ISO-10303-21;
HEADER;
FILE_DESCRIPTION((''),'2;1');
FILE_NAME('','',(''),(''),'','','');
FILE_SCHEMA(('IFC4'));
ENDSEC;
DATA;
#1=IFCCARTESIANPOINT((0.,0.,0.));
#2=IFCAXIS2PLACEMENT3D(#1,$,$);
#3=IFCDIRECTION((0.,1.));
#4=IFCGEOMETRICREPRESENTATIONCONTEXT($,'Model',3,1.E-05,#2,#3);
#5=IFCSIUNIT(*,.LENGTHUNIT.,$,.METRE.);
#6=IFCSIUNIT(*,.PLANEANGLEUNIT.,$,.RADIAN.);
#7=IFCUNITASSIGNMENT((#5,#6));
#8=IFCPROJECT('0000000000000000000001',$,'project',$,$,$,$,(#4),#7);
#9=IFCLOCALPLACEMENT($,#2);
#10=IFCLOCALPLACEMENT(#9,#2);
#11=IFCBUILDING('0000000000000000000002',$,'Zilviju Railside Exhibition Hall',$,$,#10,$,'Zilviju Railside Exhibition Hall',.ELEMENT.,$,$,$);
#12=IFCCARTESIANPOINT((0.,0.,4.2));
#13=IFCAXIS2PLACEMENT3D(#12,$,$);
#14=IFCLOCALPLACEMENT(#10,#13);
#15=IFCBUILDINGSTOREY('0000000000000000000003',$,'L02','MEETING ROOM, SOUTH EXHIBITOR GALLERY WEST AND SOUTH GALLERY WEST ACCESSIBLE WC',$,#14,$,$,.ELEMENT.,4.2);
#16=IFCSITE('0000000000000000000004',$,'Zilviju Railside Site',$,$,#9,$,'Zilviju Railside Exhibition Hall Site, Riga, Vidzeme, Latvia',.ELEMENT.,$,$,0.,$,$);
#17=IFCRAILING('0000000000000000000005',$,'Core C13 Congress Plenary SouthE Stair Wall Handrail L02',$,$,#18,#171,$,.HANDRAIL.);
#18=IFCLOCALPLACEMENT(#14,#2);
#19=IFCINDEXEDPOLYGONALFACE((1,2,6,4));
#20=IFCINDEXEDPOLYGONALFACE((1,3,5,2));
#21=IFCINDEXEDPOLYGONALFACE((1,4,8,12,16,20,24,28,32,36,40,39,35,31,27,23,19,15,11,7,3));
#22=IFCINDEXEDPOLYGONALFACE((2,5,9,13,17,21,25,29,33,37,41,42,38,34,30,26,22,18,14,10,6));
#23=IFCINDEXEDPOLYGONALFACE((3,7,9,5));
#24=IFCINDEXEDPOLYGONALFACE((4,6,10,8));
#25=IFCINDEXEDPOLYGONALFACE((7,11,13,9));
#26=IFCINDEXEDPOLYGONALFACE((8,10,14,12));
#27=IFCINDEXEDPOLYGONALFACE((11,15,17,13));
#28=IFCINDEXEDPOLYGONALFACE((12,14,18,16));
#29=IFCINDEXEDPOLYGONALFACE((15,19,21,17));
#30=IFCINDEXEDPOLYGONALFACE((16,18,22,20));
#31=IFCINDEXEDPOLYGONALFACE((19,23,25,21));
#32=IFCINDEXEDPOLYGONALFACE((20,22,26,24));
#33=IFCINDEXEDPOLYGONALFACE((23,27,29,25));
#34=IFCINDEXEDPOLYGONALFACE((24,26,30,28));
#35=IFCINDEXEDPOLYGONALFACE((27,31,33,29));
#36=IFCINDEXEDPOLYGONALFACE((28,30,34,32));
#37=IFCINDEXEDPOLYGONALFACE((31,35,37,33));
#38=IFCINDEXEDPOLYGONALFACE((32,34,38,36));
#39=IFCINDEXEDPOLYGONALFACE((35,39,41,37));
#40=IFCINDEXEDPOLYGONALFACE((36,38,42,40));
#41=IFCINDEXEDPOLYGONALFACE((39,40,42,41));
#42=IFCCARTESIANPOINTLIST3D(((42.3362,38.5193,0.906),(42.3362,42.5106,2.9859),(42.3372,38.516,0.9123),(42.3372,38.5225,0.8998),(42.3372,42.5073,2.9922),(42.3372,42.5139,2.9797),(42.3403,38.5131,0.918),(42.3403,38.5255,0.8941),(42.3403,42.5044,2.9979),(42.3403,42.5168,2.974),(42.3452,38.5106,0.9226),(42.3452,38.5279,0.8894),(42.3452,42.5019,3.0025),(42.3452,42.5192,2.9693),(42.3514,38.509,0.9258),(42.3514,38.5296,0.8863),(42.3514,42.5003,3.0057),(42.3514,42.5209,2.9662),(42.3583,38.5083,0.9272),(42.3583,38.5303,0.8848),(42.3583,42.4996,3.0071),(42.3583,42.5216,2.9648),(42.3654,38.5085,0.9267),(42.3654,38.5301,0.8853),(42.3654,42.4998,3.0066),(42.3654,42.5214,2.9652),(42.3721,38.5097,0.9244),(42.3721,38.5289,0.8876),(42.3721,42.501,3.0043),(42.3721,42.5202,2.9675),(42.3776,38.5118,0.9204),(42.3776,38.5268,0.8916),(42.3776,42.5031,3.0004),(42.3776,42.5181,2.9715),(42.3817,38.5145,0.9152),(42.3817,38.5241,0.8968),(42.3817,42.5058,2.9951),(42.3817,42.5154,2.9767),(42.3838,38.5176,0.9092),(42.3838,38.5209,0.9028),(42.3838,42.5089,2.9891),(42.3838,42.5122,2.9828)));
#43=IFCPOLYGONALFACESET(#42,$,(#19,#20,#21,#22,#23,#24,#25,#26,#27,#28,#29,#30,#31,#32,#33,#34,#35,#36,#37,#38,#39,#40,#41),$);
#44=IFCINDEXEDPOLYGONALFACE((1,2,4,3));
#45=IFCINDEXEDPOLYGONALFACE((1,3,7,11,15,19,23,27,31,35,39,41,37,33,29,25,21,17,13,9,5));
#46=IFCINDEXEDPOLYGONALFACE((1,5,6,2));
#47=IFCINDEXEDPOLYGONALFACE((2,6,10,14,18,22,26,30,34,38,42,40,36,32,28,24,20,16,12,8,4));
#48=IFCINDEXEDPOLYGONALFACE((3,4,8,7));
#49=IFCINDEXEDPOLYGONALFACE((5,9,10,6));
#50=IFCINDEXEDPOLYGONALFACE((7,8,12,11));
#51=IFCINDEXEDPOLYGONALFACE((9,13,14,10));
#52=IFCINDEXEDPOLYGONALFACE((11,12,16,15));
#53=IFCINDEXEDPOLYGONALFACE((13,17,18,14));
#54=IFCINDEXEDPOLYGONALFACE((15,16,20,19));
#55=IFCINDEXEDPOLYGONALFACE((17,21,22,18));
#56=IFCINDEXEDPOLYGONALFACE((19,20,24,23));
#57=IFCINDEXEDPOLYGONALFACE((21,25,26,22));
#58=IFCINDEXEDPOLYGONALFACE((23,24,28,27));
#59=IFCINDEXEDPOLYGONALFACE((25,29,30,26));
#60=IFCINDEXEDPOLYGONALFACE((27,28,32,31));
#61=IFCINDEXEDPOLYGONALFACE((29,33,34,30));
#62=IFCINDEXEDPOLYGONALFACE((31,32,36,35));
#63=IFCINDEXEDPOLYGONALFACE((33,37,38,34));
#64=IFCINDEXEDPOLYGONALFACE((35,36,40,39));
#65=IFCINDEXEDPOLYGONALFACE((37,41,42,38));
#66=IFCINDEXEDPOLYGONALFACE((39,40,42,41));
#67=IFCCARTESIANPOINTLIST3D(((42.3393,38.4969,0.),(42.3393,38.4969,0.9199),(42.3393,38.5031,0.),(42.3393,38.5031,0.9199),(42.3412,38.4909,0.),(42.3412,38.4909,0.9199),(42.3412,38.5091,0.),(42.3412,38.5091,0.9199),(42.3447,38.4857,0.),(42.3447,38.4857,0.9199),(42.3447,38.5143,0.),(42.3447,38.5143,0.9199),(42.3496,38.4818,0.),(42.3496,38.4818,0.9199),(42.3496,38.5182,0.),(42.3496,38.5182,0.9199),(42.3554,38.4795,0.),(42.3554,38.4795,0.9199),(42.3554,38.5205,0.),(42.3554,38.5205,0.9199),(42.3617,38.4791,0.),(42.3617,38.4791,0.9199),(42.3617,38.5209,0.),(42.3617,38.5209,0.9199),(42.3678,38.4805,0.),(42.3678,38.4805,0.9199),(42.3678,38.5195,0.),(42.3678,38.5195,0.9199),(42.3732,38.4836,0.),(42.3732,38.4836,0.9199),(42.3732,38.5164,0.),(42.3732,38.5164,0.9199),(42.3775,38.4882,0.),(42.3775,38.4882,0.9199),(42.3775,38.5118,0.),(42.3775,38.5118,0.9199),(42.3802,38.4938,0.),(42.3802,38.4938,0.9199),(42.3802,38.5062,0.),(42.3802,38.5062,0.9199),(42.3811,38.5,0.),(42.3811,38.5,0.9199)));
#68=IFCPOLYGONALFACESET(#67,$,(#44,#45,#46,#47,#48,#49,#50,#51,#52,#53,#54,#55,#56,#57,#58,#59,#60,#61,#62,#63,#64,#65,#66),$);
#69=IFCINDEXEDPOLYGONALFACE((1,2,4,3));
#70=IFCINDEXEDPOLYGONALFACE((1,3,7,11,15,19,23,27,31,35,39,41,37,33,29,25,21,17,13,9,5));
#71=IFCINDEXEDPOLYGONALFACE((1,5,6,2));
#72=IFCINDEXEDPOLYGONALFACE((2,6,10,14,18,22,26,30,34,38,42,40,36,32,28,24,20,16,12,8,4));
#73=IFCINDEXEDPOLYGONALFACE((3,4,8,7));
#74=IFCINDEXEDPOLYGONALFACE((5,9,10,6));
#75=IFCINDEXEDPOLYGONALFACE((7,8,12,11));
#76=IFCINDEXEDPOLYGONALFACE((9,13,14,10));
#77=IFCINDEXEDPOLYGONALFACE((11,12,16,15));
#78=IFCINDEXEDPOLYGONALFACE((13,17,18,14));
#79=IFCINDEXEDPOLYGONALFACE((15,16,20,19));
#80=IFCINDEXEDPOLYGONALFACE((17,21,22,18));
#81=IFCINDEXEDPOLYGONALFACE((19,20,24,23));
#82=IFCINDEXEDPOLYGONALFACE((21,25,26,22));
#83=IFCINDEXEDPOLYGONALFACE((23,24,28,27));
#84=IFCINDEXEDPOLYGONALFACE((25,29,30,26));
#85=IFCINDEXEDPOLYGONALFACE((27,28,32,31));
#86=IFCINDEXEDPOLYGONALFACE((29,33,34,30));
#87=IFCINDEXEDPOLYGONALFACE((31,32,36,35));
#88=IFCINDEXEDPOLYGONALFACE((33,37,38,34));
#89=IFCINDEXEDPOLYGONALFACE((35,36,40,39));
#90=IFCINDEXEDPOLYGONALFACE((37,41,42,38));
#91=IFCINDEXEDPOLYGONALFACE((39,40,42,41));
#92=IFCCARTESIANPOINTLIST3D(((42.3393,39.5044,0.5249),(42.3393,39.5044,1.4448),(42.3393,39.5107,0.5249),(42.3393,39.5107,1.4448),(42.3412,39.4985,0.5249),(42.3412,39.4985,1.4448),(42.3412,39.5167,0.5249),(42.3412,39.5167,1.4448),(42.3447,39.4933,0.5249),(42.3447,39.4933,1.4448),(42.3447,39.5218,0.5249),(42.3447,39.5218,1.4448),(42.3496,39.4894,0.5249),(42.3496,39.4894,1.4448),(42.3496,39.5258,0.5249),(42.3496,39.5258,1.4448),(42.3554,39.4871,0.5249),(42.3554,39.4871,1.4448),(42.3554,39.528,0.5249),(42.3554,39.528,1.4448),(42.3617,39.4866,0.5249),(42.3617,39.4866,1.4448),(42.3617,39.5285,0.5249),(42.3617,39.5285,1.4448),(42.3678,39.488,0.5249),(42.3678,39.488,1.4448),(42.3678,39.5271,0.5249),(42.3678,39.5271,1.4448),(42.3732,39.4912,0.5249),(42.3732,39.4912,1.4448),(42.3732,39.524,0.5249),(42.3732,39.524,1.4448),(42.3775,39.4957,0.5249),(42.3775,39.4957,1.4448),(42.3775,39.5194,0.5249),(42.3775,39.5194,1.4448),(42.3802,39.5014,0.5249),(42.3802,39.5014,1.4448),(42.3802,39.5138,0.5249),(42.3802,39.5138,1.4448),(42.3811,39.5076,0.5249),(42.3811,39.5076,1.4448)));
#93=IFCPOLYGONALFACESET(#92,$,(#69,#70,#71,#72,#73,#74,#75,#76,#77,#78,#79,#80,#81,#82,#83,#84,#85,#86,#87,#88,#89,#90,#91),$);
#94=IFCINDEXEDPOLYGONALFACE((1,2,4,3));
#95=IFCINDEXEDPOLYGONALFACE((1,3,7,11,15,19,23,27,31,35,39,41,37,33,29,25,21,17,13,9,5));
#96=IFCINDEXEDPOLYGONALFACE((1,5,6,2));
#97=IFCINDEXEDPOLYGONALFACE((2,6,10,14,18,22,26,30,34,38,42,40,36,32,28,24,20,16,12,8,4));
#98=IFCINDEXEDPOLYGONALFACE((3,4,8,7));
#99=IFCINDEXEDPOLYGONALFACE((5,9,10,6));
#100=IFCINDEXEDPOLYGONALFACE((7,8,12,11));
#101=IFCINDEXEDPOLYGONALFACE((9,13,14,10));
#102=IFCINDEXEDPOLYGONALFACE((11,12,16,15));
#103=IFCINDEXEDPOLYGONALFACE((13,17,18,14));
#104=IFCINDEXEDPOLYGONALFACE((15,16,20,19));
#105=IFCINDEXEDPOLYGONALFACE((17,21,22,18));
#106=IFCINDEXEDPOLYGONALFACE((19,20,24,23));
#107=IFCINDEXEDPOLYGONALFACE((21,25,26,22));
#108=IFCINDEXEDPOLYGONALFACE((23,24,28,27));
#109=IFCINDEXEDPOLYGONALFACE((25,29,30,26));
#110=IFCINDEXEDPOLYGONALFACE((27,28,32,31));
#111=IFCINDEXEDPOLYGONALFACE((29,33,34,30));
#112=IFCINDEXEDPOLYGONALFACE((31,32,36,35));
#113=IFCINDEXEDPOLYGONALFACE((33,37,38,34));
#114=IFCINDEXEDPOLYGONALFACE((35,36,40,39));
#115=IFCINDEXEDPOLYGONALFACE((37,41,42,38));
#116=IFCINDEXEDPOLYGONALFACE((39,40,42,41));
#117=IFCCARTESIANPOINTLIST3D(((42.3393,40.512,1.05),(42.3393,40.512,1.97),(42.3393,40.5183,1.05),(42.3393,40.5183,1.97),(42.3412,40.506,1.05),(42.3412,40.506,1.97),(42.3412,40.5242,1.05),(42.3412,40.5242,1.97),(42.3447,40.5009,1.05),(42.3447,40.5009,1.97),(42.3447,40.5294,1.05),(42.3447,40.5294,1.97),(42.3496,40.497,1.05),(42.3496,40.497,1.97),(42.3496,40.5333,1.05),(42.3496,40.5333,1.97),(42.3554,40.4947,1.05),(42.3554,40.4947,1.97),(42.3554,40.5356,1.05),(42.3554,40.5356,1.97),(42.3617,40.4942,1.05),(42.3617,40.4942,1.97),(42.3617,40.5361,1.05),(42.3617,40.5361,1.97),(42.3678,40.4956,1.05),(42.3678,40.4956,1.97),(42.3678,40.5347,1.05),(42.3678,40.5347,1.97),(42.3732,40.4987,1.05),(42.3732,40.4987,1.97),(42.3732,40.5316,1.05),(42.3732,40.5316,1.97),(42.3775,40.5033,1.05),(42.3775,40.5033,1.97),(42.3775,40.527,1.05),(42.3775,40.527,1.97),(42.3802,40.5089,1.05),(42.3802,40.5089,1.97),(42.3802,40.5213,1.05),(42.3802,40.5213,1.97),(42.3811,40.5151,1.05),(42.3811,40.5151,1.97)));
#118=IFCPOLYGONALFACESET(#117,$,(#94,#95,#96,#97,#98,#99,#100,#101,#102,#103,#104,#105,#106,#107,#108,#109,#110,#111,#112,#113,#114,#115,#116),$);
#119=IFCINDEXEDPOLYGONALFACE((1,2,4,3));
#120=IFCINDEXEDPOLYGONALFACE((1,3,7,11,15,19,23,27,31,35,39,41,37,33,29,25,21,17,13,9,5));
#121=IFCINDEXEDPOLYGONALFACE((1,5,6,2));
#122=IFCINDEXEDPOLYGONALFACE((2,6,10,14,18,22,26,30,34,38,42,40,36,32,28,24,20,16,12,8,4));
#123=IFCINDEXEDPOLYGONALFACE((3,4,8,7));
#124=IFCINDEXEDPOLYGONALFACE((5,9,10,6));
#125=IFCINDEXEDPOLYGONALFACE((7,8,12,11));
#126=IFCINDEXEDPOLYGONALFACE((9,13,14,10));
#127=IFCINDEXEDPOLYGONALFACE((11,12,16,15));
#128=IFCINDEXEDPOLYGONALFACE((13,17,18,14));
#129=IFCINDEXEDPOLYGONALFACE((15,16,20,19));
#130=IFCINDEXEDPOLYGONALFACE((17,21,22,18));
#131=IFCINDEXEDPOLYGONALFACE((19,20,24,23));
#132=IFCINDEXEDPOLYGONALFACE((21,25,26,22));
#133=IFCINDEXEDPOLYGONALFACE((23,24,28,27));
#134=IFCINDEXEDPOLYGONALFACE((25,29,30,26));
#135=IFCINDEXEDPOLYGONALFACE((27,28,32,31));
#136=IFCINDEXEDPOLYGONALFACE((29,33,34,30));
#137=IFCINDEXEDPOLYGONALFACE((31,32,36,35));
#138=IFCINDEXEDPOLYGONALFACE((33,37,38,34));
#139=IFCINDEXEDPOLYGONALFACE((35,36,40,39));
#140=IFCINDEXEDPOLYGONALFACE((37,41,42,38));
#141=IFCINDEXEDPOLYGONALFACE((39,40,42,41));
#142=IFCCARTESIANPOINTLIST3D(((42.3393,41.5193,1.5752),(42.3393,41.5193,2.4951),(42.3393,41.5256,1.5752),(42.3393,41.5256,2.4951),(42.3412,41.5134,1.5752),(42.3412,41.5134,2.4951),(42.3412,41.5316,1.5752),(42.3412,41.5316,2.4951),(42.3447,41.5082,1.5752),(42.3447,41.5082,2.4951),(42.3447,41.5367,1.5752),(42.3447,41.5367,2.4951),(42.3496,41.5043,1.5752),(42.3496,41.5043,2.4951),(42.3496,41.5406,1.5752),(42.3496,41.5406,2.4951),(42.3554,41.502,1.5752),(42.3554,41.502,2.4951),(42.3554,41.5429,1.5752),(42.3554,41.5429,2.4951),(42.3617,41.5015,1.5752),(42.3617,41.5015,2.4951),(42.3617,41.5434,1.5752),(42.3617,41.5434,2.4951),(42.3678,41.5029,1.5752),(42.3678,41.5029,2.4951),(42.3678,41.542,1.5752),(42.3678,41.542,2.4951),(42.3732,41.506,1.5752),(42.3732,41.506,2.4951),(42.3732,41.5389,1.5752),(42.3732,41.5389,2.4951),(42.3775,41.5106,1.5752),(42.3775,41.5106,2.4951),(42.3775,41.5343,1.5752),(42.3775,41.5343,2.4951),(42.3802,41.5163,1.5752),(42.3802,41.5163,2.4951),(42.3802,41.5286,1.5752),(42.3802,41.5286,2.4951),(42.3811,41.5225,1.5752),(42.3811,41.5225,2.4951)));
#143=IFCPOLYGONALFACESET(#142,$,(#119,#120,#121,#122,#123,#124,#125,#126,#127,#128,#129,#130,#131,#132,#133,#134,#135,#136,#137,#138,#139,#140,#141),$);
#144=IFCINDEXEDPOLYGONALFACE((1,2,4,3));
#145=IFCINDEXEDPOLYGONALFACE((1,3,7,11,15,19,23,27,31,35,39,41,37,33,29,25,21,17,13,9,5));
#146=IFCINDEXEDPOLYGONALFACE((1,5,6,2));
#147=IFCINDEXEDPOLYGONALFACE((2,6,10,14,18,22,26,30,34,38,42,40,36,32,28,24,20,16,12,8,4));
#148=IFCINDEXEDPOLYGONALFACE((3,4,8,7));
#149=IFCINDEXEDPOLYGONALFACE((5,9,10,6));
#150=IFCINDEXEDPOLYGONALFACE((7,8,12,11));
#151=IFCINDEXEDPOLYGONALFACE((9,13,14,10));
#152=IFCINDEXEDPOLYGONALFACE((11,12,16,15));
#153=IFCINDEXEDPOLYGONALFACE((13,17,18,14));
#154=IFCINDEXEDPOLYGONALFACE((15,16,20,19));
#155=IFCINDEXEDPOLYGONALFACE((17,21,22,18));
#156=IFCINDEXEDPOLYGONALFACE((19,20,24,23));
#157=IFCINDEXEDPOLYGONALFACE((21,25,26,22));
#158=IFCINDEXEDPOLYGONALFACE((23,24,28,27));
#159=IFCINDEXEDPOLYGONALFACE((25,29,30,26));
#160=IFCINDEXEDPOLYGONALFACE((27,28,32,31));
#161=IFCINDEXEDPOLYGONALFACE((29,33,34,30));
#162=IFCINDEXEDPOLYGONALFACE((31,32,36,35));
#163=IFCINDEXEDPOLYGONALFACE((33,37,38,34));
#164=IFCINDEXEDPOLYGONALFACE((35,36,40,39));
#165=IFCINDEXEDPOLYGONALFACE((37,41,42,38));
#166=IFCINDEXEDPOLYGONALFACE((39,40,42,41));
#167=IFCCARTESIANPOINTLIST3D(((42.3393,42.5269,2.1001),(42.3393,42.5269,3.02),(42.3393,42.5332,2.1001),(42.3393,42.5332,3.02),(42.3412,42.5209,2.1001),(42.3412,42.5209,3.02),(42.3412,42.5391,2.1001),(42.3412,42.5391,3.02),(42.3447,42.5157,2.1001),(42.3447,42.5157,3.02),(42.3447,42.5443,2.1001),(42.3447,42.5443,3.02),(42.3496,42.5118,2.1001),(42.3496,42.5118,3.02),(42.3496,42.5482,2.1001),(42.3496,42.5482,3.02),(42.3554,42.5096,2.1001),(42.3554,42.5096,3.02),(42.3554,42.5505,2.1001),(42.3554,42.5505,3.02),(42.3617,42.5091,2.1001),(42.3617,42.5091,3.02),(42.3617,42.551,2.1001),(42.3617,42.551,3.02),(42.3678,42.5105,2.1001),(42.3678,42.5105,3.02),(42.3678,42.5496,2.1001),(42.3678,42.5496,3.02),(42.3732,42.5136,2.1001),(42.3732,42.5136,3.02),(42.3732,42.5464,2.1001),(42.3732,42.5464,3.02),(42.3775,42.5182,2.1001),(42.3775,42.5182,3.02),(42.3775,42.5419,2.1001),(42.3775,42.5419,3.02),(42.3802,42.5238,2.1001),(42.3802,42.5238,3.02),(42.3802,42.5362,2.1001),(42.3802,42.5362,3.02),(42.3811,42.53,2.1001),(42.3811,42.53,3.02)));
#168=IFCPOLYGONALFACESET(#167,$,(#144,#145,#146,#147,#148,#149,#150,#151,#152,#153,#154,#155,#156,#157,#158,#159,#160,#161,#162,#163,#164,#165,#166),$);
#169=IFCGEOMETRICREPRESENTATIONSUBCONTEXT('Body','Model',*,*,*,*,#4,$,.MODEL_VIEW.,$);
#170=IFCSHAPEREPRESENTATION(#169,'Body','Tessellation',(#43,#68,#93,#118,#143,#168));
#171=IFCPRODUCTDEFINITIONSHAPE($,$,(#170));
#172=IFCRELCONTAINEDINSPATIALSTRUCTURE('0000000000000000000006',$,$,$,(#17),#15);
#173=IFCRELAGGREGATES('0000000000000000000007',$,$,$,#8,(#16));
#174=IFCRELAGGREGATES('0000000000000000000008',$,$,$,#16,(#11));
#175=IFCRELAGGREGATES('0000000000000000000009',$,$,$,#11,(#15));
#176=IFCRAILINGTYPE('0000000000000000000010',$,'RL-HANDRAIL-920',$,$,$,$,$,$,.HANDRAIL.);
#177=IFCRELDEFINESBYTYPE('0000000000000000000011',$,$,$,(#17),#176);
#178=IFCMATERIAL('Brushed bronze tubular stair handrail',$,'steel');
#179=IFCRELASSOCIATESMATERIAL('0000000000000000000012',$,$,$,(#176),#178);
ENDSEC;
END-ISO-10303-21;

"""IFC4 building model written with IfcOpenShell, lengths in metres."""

from ifc_helpers import new_model, si_unit, direction, frame, origin, origin_2d, place, context, subcontext, project, spatial, circle, extrude, material, type_object, element, save


model = new_model("IFC4")

# Units and contexts
model_context = context("Model", 3, precision=1e-05, world=origin(), true_north=direction((0.0, 1.0)))
body_context = subcontext(model_context, "Body", "Model", "MODEL_VIEW")
ifc_project = project(units=[si_unit("LENGTHUNIT", "METRE"), si_unit("PLANEANGLEUNIT", "RADIAN")], contexts=[model_context])

# Site, building, storey
site_placement = place(None, origin())
site = spatial("IfcSite", under=ifc_project, at=site_placement, Name="Zilviju Railside Site", LongName="Zilviju Railside Exhibition Hall Site, Riga, Vidzeme, Latvia", CompositionType="ELEMENT", RefElevation=0.0)
building_placement = place(site_placement, origin())
building = spatial("IfcBuilding", under=site, at=building_placement, Name="Zilviju Railside Exhibition Hall", LongName="Zilviju Railside Exhibition Hall", CompositionType="ELEMENT")
storey_placement = place(building_placement, frame((0.0, 0.0, 4.2)))
storey = spatial("IfcBuildingStorey", under=building, at=storey_placement, Name="L02", Description="MEETING ROOM, SOUTH EXHIBITOR GALLERY WEST AND SOUTH GALLERY WEST ACCESSIBLE WC", CompositionType="ELEMENT", Elevation=4.2)

# Railing
ifc_material_1 = material(Name="Brushed bronze tubular stair handrail", Category="steel")
railing_type_1 = type_object("IfcRailingType", Name="RL-HANDRAIL-920", PredefinedType="HANDRAIL", material=ifc_material_1)
railing_1_placement = place(storey_placement, frame((42.3601, 38.5, 0.0)))
element("IfcRailing", 1, at=railing_1_placement, inside=storey, type_object=railing_type_1, Name="Core C13 Congress Plenary SouthE Stair Wall Handrail L02", PredefinedType="HANDRAIL", context=body_context, shape_type="SweptSolid", body=[
    extrude(circle(Radius=0.0239, at=origin_2d()), frame((0.0, 0.0193, 0.906), z_axis=(0.0, 0.886813, 0.462129), x_axis=(-1.0, 0.0, 0.0)), (0.0, 0.0, 1.0), 4.5007),
    extrude(circle(Radius=0.021, at=origin_2d()), origin(), (0.0, 0.0, 1.0), 0.9199),
    extrude(circle(Radius=0.021, at=origin_2d()), frame((0.0, 1.0076, 0.5249)), (0.0, 0.0, 1.0), 0.9199),
    extrude(circle(Radius=0.021, at=origin_2d()), frame((0.0, 2.0151, 1.05)), (0.0, 0.0, 1.0), 0.9199),
    extrude(circle(Radius=0.021, at=origin_2d()), frame((0.0, 3.0225, 1.5752)), (0.0, 0.0, 1.0), 0.9199),
    extrude(circle(Radius=0.021, at=origin_2d()), frame((0.0, 4.03, 2.1001)), (0.0, 0.0, 1.0), 0.9199),
])

save(model, "model.ifc")
